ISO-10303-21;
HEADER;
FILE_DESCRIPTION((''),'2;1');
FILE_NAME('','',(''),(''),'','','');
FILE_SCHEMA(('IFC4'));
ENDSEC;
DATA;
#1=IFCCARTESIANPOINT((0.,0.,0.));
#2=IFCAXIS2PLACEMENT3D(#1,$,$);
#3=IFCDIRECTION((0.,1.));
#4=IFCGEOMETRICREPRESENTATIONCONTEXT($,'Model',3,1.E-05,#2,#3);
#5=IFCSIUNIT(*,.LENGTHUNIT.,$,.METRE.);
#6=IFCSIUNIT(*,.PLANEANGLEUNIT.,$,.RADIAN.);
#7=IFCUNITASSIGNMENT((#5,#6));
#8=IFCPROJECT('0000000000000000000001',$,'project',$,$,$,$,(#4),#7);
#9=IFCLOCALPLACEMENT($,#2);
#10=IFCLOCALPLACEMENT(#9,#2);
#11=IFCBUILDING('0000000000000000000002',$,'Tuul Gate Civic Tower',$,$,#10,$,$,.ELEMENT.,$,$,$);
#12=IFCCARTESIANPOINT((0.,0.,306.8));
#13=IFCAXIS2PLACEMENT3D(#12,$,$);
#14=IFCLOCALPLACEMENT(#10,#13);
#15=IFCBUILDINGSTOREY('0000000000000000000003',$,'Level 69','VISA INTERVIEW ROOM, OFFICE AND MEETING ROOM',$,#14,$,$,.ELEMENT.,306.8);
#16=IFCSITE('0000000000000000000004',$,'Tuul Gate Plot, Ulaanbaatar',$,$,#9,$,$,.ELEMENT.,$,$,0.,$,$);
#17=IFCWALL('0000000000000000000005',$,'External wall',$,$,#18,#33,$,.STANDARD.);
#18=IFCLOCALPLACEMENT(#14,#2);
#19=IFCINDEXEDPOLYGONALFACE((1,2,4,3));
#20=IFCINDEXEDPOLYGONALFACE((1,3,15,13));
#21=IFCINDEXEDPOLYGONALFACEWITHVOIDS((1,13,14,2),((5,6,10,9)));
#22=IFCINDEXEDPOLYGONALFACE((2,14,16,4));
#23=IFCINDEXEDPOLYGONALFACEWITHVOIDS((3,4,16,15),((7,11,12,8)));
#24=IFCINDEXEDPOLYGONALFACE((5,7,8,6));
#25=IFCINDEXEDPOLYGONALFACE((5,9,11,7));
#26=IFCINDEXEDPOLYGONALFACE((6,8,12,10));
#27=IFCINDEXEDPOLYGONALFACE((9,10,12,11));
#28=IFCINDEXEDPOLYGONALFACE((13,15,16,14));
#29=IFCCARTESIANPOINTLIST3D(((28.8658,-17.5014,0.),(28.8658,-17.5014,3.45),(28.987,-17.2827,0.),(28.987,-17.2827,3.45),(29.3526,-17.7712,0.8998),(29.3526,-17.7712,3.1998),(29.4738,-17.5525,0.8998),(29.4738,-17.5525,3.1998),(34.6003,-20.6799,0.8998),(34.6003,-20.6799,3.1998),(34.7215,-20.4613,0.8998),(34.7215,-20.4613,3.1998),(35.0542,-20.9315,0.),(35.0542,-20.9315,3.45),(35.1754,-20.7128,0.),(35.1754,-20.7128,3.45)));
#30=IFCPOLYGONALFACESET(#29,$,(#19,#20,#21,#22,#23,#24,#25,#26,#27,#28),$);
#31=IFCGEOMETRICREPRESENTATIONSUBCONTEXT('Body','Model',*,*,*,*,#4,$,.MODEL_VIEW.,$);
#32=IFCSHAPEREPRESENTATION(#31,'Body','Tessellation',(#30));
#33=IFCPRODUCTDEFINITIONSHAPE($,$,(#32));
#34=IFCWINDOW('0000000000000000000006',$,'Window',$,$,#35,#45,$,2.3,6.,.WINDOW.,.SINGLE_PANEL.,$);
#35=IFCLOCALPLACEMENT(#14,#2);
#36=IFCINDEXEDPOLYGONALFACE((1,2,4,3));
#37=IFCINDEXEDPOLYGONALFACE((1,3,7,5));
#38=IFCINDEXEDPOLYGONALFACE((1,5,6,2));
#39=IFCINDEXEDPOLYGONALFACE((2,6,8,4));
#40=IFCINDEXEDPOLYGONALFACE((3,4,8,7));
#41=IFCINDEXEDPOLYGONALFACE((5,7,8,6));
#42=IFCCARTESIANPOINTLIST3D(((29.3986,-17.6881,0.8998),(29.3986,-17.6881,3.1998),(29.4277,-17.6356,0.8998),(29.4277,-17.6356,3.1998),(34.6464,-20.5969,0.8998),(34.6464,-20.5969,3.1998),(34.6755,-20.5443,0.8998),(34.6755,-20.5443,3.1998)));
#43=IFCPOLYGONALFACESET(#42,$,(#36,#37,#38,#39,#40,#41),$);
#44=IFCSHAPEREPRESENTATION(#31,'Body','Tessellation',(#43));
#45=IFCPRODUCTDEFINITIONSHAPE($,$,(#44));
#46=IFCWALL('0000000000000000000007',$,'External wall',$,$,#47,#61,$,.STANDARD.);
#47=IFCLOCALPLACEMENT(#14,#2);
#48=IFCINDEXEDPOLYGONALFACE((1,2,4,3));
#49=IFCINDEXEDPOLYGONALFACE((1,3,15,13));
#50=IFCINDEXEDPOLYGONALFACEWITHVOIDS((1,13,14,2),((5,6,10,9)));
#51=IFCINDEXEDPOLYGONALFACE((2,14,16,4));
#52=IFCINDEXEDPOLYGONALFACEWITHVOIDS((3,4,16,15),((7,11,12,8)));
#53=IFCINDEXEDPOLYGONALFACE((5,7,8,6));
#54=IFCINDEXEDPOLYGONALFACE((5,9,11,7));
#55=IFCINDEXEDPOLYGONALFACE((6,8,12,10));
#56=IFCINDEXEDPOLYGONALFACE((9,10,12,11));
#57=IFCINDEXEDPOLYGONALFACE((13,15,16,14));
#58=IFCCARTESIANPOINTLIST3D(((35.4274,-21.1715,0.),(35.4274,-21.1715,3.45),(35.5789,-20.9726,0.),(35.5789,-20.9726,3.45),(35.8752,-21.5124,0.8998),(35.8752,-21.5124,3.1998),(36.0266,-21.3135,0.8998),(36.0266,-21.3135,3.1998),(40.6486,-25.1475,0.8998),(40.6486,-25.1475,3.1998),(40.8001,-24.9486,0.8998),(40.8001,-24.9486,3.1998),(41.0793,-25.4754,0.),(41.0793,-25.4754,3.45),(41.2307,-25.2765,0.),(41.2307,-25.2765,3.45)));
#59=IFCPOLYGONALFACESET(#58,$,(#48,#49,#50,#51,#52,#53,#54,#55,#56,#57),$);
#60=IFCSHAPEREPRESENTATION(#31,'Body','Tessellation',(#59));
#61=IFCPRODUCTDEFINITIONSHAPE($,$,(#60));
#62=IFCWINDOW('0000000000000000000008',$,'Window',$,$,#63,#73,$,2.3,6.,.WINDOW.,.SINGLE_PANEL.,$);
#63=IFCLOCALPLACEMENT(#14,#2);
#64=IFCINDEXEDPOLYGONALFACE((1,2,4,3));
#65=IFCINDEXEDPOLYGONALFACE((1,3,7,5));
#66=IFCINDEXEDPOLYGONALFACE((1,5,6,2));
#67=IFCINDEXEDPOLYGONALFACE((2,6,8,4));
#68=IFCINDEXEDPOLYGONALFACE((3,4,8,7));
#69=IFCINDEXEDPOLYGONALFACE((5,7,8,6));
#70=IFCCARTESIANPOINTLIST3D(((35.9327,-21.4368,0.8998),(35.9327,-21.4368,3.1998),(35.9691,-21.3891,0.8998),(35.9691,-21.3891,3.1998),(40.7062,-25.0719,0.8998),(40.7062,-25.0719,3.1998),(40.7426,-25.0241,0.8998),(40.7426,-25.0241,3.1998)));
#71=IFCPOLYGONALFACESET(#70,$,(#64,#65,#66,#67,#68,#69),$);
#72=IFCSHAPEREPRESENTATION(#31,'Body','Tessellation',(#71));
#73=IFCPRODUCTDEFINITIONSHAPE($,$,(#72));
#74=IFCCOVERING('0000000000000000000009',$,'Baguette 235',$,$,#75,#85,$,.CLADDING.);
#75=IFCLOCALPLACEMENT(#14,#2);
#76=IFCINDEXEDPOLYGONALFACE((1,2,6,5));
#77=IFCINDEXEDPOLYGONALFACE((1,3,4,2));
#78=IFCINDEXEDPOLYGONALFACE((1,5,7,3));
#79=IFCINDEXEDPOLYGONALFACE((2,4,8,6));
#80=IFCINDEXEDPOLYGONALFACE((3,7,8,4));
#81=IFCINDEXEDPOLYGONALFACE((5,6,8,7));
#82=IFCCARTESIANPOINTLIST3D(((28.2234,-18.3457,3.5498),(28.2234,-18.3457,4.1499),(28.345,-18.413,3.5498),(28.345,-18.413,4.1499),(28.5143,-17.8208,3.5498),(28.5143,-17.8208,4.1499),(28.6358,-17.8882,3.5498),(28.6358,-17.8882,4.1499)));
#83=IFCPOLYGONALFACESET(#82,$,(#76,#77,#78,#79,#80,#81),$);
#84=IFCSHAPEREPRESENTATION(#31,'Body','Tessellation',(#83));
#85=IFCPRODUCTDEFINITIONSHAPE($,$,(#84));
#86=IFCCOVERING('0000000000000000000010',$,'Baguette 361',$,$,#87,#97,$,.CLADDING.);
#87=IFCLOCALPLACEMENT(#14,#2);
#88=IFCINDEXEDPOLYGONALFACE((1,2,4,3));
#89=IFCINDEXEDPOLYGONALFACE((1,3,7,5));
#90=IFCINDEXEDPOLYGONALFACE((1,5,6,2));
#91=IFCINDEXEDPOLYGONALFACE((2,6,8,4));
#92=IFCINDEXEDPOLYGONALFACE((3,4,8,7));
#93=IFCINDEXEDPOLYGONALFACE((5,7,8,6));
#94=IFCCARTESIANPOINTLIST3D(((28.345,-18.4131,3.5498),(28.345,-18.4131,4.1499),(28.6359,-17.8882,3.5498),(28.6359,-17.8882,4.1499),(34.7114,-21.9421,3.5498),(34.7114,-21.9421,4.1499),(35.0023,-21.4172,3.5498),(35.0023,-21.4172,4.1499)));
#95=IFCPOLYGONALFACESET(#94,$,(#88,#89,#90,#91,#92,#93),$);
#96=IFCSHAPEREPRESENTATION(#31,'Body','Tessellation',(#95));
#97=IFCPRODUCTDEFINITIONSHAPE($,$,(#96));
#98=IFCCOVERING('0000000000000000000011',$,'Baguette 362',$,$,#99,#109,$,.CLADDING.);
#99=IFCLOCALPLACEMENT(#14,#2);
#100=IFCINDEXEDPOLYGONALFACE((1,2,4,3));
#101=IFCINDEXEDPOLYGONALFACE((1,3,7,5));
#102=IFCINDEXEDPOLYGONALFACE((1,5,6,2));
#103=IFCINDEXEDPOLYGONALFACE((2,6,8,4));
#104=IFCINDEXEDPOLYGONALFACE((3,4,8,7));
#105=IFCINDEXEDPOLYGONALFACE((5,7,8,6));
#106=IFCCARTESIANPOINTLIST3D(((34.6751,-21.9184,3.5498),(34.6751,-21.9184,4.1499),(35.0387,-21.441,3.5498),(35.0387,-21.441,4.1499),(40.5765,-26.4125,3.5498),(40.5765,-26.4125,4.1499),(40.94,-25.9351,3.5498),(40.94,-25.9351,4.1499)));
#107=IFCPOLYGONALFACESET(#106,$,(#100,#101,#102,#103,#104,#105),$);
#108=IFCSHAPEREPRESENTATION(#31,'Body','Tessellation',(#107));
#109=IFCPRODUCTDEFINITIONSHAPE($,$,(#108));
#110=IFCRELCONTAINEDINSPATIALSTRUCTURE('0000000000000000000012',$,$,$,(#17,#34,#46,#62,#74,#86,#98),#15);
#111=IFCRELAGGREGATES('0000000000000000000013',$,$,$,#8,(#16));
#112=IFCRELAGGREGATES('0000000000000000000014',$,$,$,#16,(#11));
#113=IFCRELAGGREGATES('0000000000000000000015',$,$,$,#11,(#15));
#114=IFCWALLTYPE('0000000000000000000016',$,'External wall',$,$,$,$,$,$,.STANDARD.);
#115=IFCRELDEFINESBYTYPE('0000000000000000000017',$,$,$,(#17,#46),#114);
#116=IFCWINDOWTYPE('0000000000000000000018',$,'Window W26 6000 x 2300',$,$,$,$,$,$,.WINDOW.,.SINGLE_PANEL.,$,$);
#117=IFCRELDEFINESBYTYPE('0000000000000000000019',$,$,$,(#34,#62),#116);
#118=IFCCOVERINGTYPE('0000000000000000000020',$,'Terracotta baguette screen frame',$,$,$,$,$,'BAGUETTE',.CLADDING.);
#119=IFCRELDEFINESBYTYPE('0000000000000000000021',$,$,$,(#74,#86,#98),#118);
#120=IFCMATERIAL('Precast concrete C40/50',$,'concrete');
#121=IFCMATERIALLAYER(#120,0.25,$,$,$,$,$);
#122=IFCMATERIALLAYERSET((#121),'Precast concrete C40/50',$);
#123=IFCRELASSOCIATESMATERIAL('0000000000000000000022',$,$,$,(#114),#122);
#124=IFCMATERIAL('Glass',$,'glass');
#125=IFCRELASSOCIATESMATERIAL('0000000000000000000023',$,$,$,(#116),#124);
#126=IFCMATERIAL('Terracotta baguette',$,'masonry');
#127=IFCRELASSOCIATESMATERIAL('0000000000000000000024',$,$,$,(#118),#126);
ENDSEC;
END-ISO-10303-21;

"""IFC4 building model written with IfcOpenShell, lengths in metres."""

from ifc_helpers import new_model, si_unit, direction, frame, frame_2d, origin, origin_2d, place, context, subcontext, project, spatial, rectangle, extrude, material, layer, layer_set, material_profile, profile_set, type_object, element, fill, save


model = new_model("IFC4")

# Units and contexts
model_context = context("Model", 3, precision=1e-05, world=origin(), true_north=direction((0.0, 1.0)))
body_context = subcontext(model_context, "Body", "Model", "MODEL_VIEW")
ifc_project = project(units=[si_unit("LENGTHUNIT", "METRE"), si_unit("PLANEANGLEUNIT", "RADIAN")], contexts=[model_context])

# Site, building, storey
site_placement = place(None, origin())
site = spatial("IfcSite", under=ifc_project, at=site_placement, Name="Tuul Gate Plot, Ulaanbaatar", CompositionType="ELEMENT", RefElevation=0.0)
building_placement = place(site_placement, origin())
building = spatial("IfcBuilding", under=site, at=building_placement, Name="Tuul Gate Civic Tower", CompositionType="ELEMENT")
storey_placement = place(building_placement, frame((0.0, 0.0, 306.8)))
storey = spatial("IfcBuildingStorey", under=building, at=storey_placement, Name="Level 69", Description="VISA INTERVIEW ROOM, OFFICE AND MEETING ROOM", CompositionType="ELEMENT", Elevation=306.8)

# Walls, openings, windows
ifc_material_1 = material(Name="Precast concrete C40/50", Category="concrete")
ifc_layer_1 = layer(ifc_material_1, 0.25)
ifc_layer_set_1 = layer_set([ifc_layer_1], Name="Precast concrete C40/50")
wall_type_1 = type_object("IfcWallType", Name="External wall", PredefinedType="STANDARD", material=ifc_layer_set_1)
wall_1_placement = place(storey_placement, frame((28.9265, -17.3921, 0.0), z_axis=(0.0, 0.0, 1.0), x_axis=(0.874629, -0.484793, 0.0)))
wall_1 = element("IfcWall", 1, at=wall_1_placement, inside=storey, type_object=wall_type_1, Name="External wall", PredefinedType="STANDARD", context=body_context, shape_type="SweptSolid", body=[
    extrude(rectangle(XDim=7.0754, YDim=0.25, at=frame_2d((3.5376, 0.0))), origin(), (0.0, 0.0, 1.0), 3.45),
])
opening_1_placement = place(wall_1_placement, frame((0.5564, 0.0, 0.8999)))
opening_1 = element("IfcOpeningElement", 2, at=opening_1_placement, cuts=wall_1, PredefinedType="OPENING", context=body_context, shape_type="SweptSolid", body=[
    extrude(rectangle(XDim=6.0, YDim=2.3, at=frame_2d((3.0, 1.1499))), frame((0.0, 0.135, 0.0), z_axis=(0.0, -1.0, 0.0), x_axis=(1.0, 0.0, 0.0)), (0.0, 0.0, 1.0), 0.27),
])
ifc_material_2 = material(Name="Glass", Category="glass")
window_type = type_object("IfcWindowType", Name="Window W26 6000 x 2300", PartitioningType="SINGLE_PANEL", PredefinedType="WINDOW", material=ifc_material_2)
window_1_placement = place(opening_1_placement, origin())
window_1 = element("IfcWindow", 3, at=window_1_placement, inside=storey, type_object=window_type, Name="Window", OverallHeight=2.3, OverallWidth=6.0, PartitioningType="SINGLE_PANEL", PredefinedType="WINDOW", context=body_context, shape_type="SweptSolid", body=[
    extrude(rectangle(XDim=6.0, YDim=2.3, at=frame_2d((3.0, 1.1499))), frame((0.0, 0.03, 0.0), z_axis=(0.0, -1.0, 0.0), x_axis=(1.0, 0.0, 0.0)), (0.0, 0.0, 1.0), 0.0601),
])
fill(opening_1, window_1)
wall_2_placement = place(storey_placement, frame((35.5032, -21.072, 0.0), z_axis=(0.0, 0.0, 1.0), x_axis=(0.795582, -0.605845, 0.0)))
wall_2 = element("IfcWall", 4, at=wall_2_placement, inside=storey, type_object=wall_type_1, Name="External wall", PredefinedType="STANDARD", context=body_context, shape_type="SweptSolid", body=[
    extrude(rectangle(XDim=7.104, YDim=0.25, at=frame_2d((3.552, 0.0))), origin(), (0.0, 0.0, 1.0), 3.45),
])
opening_2_placement = place(wall_2_placement, frame((0.5627, 0.0, 0.8999)))
opening_2 = element("IfcOpeningElement", 5, at=opening_2_placement, cuts=wall_2, PredefinedType="OPENING", context=body_context, shape_type="SweptSolid", body=[
    extrude(rectangle(XDim=6.0, YDim=2.3, at=frame_2d((3.0, 1.1499))), frame((0.0, 0.135, 0.0), z_axis=(0.0, -1.0, 0.0), x_axis=(1.0, 0.0, 0.0)), (0.0, 0.0, 1.0), 0.27),
])
window_2_placement = place(opening_2_placement, origin())
window_2 = element("IfcWindow", 6, at=window_2_placement, inside=storey, type_object=window_type, Name="Window", OverallHeight=2.3, OverallWidth=6.0, PartitioningType="SINGLE_PANEL", PredefinedType="WINDOW", context=body_context, shape_type="SweptSolid", body=[
    extrude(rectangle(XDim=6.0, YDim=2.3, at=frame_2d((3.0, 1.1499))), frame((0.0, 0.03, 0.0), z_axis=(0.0, -1.0, 0.0), x_axis=(1.0, 0.0, 0.0)), (0.0, 0.0, 1.0), 0.0601),
])
fill(opening_2, window_2)

# Coverings
ifc_material_3 = material(Name="Terracotta baguette", Category="masonry")
ifc_material_profile_1 = material_profile(ifc_material_3, rectangle(XDim=0.6001, YDim=0.6001, at=origin_2d()), Name="Terracotta baguette screen frame")
ifc_profile_set_1 = profile_set([ifc_material_profile_1], Name="Terracotta baguette")
covering_type = type_object("IfcCoveringType", Name="Terracotta baguette screen frame", ElementType="BAGUETTE", PredefinedType="CLADDING", material=ifc_profile_set_1)
covering_1_placement = place(storey_placement, frame((28.3689, -18.0833, 3.8499), z_axis=(0.874654, -0.484748, 0.0), x_axis=(0.484748, 0.874654, 0.0)))
element("IfcCovering", 7, at=covering_1_placement, inside=storey, type_object=covering_type, Name="Baguette 235", PredefinedType="CLADDING", context=body_context, shape_type="SweptSolid", body=[
    extrude(rectangle(XDim=0.6001, YDim=0.6001, at=origin_2d()), origin(), (0.0, 0.0, 1.0), 0.1389),
])
covering_2_placement = place(storey_placement, frame((28.4905, -18.1506, 3.8499), z_axis=(0.874616, -0.484817, 0.0), x_axis=(0.484817, 0.874616, 0.0)))
element("IfcCovering", 8, at=covering_2_placement, inside=storey, type_object=covering_type, Name="Baguette 361", PredefinedType="CLADDING", context=body_context, shape_type="SweptSolid", body=[
    extrude(rectangle(XDim=0.6001, YDim=0.6001, at=origin_2d()), origin(), (0.0, 0.0, 1.0), 7.2791),
])
covering_3_placement = place(storey_placement, frame((34.8569, -21.6797, 3.8499), z_axis=(0.795571, -0.605861, 0.0), x_axis=(0.605861, 0.795571, 0.0)))
element("IfcCovering", 9, at=covering_3_placement, inside=storey, type_object=covering_type, Name="Baguette 362", PredefinedType="CLADDING", context=body_context, shape_type="SweptSolid", body=[
    extrude(rectangle(XDim=0.6001, YDim=0.6001, at=origin_2d()), origin(), (0.0, 0.0, 1.0), 7.4177),
])

save(model, "model.ifc")
